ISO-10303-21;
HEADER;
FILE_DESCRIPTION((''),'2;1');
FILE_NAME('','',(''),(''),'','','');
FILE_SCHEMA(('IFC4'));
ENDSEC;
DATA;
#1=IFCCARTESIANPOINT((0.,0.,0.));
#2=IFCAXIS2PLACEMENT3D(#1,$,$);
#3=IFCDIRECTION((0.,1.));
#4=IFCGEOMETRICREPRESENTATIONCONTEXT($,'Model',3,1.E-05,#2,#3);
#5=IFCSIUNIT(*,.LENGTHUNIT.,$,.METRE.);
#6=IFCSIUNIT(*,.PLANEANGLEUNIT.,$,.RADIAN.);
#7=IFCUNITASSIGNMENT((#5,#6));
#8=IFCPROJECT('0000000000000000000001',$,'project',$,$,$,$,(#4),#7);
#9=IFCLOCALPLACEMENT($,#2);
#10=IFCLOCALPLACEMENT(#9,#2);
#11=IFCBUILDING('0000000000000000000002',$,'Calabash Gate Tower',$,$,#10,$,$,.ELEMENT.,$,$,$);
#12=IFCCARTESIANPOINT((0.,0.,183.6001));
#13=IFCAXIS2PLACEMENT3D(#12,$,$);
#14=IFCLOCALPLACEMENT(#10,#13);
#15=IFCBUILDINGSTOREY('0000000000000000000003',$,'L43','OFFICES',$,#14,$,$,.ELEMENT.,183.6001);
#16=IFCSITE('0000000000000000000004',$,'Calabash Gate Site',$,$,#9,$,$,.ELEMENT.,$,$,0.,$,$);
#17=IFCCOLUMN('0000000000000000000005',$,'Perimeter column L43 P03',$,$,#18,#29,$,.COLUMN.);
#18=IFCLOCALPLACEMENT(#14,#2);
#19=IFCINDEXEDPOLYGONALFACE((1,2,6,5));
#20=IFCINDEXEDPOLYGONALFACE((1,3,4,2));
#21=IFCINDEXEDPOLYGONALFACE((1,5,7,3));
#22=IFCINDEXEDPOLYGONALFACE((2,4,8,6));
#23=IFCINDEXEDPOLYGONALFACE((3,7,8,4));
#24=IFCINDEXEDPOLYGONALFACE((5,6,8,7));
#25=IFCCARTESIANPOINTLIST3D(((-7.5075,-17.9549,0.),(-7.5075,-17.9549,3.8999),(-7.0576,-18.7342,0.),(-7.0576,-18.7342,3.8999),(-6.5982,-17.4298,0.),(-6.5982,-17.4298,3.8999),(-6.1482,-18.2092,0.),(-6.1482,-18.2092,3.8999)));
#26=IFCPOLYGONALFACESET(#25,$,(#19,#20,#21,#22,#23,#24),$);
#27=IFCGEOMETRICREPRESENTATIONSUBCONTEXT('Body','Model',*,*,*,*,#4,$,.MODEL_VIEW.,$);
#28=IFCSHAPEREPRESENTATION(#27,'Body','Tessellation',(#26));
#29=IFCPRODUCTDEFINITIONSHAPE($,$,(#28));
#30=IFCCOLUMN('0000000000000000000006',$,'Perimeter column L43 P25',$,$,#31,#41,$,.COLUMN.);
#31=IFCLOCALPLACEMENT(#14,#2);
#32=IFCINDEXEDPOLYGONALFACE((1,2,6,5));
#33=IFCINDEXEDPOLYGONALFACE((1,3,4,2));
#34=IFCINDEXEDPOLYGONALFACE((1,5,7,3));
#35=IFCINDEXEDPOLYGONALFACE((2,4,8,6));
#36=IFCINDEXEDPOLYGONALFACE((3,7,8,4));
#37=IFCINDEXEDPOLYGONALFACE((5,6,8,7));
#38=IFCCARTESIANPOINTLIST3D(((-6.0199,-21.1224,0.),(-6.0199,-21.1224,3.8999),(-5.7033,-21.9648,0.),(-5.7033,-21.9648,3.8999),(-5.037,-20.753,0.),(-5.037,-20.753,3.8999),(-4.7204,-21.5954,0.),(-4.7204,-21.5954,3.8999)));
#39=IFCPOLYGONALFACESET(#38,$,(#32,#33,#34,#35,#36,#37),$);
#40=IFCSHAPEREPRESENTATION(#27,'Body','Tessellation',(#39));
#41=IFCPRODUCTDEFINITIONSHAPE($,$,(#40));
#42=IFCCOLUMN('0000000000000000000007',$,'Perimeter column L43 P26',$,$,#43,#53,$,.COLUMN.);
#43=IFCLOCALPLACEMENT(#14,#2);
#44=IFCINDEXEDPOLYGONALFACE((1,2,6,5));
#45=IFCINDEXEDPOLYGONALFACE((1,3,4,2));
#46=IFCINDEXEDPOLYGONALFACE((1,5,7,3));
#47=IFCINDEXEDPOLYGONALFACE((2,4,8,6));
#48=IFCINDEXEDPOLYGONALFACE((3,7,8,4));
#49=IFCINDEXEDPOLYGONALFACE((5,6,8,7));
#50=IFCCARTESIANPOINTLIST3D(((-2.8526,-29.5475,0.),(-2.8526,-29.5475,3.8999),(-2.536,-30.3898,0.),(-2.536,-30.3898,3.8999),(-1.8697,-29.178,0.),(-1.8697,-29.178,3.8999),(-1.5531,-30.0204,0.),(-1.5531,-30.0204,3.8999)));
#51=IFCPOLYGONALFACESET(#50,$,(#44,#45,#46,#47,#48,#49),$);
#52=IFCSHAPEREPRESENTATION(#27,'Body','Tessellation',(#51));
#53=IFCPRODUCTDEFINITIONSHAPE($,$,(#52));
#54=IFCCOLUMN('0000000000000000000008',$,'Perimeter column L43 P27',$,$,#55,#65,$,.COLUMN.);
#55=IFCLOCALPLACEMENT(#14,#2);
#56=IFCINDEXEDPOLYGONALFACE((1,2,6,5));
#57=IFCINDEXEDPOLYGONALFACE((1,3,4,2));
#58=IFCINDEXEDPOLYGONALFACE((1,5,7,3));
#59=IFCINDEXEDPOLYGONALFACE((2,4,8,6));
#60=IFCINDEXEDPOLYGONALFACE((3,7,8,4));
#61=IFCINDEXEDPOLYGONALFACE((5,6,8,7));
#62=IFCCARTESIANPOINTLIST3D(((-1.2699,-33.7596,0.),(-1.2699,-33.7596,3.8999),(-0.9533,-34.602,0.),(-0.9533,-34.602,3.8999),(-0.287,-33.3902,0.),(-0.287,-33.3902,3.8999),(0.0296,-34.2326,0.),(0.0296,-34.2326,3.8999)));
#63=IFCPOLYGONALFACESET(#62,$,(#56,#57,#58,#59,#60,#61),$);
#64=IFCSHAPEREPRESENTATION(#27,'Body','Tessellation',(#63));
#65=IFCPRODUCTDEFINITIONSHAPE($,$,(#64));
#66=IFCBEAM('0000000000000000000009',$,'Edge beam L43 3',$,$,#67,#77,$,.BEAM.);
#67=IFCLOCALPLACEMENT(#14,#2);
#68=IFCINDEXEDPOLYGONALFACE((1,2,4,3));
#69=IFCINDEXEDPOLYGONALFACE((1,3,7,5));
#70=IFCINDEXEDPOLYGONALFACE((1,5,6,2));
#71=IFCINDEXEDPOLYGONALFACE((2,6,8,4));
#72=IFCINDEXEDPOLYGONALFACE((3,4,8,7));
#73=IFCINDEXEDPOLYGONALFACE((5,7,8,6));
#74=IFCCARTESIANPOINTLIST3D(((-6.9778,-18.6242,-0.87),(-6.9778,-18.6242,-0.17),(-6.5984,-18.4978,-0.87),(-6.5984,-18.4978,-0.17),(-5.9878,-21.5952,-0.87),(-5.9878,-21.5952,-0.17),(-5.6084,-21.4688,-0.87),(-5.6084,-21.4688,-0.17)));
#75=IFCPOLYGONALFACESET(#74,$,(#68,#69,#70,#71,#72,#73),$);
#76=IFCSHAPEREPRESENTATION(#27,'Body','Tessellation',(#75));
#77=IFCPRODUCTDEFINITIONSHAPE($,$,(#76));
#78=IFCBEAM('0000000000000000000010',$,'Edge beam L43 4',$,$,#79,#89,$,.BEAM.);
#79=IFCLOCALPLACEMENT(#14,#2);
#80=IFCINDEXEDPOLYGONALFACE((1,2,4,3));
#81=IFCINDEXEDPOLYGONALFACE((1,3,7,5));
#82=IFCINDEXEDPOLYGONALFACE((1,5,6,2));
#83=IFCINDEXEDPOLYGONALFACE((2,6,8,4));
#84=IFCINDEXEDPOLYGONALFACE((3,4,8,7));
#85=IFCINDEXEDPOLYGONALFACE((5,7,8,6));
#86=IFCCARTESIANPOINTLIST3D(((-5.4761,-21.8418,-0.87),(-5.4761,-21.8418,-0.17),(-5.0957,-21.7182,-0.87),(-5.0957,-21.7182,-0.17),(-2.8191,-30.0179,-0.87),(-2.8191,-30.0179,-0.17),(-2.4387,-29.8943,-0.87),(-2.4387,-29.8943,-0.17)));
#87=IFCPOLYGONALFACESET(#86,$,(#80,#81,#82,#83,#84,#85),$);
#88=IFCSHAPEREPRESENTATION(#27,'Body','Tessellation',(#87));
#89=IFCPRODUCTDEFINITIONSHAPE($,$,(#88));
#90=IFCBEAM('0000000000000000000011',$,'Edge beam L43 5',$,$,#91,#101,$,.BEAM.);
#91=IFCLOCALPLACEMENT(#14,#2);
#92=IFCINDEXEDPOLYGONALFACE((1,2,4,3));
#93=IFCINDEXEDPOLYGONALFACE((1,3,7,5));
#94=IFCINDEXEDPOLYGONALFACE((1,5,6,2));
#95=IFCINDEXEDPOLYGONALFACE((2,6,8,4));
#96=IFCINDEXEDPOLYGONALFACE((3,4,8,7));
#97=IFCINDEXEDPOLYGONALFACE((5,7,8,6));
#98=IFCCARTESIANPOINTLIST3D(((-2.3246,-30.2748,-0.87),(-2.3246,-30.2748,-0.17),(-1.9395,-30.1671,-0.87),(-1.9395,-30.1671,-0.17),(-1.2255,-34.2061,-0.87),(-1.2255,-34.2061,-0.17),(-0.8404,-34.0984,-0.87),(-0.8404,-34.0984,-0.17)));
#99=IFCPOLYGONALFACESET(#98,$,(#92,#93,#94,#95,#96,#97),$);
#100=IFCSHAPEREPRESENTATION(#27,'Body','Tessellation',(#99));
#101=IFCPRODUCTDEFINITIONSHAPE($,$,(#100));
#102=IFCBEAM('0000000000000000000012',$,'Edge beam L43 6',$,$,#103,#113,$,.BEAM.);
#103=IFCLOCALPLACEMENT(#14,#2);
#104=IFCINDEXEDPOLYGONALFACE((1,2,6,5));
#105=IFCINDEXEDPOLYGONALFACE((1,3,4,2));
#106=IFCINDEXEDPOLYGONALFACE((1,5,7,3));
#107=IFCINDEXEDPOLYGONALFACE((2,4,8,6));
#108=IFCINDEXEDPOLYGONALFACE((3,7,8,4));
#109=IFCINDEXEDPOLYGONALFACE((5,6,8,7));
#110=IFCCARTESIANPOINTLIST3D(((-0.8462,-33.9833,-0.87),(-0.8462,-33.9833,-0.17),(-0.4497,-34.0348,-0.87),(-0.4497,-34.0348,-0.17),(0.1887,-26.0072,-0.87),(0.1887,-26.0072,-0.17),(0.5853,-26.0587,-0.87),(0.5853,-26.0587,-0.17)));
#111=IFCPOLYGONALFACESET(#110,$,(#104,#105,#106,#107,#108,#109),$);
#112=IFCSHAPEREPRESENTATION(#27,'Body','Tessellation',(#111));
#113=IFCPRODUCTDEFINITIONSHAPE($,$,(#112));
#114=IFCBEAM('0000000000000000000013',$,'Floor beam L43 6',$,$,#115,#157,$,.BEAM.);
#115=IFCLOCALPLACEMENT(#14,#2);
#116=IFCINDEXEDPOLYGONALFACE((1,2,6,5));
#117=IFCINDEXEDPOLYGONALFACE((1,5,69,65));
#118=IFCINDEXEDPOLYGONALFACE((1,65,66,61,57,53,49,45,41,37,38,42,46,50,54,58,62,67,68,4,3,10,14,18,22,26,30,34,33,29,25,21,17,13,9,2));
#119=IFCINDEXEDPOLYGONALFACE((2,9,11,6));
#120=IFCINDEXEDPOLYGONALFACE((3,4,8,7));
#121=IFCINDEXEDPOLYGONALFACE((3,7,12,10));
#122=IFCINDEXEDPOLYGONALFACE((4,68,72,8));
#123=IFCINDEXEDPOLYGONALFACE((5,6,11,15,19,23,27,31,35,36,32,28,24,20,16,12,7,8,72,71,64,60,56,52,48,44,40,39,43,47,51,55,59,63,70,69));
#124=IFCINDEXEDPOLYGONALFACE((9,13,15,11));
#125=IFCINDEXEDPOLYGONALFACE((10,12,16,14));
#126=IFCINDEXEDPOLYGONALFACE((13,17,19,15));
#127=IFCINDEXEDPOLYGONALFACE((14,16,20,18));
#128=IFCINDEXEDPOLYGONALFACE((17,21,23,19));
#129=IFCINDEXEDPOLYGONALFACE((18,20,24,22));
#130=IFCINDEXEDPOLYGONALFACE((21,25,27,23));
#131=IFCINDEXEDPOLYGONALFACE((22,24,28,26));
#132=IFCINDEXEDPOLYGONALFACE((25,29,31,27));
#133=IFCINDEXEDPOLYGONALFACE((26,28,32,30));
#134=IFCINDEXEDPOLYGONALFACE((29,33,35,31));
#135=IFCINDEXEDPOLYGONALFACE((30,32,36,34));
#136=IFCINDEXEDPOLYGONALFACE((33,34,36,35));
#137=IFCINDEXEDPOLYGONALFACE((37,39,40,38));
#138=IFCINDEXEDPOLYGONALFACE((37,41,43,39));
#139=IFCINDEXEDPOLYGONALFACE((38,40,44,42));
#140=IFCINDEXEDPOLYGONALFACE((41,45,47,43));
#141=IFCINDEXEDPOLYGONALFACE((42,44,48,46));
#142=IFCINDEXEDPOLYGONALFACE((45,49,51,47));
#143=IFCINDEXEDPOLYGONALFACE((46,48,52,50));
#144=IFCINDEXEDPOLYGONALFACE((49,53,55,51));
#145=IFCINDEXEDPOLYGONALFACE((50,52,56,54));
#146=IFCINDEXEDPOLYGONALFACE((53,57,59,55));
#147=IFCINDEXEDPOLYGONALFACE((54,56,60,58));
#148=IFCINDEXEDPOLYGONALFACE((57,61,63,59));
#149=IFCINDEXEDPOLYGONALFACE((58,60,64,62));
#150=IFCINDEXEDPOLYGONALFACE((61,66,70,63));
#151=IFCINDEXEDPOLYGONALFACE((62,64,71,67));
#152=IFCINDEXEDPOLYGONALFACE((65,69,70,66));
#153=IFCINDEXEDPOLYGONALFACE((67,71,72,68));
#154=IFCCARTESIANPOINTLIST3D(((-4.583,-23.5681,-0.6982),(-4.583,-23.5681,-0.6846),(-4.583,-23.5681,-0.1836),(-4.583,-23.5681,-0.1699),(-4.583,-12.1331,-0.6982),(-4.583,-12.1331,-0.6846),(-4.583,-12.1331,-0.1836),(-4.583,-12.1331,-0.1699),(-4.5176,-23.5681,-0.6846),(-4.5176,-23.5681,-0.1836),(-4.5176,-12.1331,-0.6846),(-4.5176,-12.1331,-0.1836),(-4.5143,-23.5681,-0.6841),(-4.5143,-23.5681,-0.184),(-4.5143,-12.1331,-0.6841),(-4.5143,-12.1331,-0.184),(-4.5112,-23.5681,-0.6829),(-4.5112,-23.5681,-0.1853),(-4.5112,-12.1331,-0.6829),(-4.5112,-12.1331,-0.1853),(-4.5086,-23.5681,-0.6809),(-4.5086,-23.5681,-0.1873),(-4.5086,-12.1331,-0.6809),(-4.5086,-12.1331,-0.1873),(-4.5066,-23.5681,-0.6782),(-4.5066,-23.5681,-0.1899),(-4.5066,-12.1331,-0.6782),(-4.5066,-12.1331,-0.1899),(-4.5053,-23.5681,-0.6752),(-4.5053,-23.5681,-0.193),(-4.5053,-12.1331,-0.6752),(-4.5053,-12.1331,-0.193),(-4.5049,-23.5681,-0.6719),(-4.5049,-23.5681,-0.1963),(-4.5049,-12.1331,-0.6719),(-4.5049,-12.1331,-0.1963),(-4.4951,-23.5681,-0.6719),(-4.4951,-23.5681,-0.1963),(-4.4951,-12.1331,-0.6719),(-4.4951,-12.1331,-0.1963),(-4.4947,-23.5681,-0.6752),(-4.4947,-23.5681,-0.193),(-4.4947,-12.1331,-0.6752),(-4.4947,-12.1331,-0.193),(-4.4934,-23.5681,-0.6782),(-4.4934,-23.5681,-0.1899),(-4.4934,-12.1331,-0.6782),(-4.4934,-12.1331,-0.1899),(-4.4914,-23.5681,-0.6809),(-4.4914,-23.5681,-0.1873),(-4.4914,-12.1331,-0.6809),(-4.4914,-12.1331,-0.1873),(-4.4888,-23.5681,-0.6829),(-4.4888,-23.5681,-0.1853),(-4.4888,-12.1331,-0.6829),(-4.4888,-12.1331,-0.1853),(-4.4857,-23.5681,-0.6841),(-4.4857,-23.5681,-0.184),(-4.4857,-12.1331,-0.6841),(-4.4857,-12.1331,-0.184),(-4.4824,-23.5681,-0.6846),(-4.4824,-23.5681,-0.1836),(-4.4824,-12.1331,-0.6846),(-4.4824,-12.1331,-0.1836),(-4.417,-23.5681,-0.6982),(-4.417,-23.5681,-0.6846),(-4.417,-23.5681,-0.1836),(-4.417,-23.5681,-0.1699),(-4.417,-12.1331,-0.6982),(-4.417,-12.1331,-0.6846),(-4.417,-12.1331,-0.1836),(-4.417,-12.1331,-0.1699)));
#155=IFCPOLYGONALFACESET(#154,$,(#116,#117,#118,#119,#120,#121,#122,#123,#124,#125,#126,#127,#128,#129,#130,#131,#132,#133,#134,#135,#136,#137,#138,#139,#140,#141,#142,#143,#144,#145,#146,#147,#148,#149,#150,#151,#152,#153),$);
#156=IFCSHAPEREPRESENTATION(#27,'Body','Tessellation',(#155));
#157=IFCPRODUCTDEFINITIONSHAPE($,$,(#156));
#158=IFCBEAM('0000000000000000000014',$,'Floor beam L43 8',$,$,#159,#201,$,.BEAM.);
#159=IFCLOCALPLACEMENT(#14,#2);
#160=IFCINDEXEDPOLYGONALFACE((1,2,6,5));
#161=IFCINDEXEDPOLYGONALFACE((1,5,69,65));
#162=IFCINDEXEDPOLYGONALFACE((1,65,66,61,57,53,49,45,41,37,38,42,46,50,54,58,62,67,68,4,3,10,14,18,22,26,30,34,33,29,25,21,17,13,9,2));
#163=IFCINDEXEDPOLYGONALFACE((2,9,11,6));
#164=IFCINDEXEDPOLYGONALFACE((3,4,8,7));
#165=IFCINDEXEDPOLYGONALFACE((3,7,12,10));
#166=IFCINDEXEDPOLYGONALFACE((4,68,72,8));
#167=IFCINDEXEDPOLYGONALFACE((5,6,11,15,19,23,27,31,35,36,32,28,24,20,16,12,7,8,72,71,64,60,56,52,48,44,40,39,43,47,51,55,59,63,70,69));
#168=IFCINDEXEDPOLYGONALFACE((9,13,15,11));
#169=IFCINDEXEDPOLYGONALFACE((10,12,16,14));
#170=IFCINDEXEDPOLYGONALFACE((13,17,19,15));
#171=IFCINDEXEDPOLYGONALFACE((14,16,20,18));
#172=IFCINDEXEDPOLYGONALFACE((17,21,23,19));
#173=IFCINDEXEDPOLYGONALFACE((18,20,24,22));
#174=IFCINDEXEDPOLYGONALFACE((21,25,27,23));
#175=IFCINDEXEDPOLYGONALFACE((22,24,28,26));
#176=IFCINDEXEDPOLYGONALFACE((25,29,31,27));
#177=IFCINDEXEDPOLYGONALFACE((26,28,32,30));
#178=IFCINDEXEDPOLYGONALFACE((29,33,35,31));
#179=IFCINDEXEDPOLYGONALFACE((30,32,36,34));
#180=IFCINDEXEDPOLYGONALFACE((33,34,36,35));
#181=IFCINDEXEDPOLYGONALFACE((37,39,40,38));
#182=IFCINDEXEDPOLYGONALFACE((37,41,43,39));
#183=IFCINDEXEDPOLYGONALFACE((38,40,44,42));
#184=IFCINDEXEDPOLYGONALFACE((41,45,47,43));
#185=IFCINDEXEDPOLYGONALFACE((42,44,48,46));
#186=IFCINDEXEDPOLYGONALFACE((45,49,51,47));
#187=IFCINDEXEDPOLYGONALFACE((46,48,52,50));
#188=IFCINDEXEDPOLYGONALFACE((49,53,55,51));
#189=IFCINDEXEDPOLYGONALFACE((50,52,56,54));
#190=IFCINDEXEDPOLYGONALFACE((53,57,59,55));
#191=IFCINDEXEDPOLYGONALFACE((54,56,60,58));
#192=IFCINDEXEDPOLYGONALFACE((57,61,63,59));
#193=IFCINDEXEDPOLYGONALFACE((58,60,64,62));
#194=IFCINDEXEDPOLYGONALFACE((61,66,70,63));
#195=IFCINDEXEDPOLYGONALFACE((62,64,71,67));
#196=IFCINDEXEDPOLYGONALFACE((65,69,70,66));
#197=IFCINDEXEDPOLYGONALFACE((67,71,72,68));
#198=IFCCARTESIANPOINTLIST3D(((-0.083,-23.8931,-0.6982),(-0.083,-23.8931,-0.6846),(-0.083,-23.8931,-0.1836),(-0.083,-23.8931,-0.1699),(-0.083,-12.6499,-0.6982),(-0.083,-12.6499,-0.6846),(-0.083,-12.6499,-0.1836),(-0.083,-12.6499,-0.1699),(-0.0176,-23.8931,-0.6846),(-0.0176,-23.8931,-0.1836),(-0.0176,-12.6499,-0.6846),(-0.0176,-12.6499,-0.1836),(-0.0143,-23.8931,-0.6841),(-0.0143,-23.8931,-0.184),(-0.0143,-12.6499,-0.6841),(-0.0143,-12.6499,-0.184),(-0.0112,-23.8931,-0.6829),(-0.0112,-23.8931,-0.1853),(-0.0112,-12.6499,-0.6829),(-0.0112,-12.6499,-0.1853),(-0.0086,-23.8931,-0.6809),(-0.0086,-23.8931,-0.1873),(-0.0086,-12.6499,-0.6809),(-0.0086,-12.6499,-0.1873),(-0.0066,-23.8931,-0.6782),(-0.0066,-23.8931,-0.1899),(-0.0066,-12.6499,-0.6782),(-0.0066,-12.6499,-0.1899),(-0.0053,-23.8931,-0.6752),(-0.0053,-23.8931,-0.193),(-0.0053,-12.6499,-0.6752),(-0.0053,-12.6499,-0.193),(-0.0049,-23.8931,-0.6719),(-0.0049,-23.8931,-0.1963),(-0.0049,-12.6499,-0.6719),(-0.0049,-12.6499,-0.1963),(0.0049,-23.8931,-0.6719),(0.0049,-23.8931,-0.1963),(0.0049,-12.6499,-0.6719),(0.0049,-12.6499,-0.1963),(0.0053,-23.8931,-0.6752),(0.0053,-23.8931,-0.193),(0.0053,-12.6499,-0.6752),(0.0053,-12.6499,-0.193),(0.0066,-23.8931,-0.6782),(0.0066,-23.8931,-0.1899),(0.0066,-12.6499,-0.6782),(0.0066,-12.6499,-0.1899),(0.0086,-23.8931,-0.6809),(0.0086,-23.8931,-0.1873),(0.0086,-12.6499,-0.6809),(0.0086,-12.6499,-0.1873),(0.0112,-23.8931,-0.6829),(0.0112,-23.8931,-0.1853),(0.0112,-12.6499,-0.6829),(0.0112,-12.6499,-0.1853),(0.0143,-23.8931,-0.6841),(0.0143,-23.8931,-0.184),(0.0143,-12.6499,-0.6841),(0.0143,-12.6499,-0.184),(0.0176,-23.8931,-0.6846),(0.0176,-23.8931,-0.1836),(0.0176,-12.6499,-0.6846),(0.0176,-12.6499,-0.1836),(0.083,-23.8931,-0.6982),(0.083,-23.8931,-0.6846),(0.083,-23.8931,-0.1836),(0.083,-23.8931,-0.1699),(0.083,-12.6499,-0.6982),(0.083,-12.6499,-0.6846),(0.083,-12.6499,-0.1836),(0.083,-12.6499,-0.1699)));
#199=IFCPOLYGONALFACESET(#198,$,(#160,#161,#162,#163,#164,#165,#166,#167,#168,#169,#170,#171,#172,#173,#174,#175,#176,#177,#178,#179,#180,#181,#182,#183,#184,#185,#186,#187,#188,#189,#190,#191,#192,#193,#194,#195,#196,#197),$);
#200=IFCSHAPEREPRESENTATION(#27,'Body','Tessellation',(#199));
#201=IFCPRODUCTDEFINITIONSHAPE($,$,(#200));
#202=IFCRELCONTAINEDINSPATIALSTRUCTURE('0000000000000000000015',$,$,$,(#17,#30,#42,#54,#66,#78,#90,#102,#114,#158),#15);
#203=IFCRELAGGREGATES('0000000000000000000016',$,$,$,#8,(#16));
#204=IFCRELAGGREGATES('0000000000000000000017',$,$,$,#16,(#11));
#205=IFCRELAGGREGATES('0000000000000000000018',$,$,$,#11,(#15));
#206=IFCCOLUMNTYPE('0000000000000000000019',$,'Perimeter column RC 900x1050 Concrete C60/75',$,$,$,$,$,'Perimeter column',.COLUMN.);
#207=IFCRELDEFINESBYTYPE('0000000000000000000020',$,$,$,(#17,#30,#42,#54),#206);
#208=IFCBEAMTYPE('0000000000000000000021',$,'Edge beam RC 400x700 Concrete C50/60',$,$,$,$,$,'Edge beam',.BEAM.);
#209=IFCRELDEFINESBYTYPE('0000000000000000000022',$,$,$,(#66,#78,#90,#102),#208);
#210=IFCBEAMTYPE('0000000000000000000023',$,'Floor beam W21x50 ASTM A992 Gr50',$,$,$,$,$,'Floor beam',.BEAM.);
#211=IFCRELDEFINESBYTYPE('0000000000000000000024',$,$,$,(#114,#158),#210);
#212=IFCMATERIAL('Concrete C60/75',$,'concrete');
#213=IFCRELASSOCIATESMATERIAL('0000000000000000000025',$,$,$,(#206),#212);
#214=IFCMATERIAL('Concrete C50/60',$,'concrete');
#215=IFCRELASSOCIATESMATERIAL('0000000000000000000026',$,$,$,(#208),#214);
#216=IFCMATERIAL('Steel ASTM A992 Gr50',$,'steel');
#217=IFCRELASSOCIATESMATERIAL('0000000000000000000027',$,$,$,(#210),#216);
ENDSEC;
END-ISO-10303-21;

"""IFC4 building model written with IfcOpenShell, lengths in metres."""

from ifc_helpers import new_model, si_unit, direction, frame, origin, origin_2d, place, context, subcontext, project, spatial, rectangle, i_section, extrude, material, material_profile, profile_set, type_object, element, save


model = new_model("IFC4")

# Units and contexts
model_context = context("Model", 3, precision=1e-05, world=origin(), true_north=direction((0.0, 1.0)))
body_context = subcontext(model_context, "Body", "Model", "MODEL_VIEW")
ifc_project = project(units=[si_unit("LENGTHUNIT", "METRE"), si_unit("PLANEANGLEUNIT", "RADIAN")], contexts=[model_context])

# Site, building, storey
site_placement = place(None, origin())
site = spatial("IfcSite", under=ifc_project, at=site_placement, Name="Calabash Gate Site", CompositionType="ELEMENT", RefElevation=0.0)
building_placement = place(site_placement, origin())
building = spatial("IfcBuilding", under=site, at=building_placement, Name="Calabash Gate Tower", CompositionType="ELEMENT")
storey_placement = place(building_placement, frame((0.0, 0.0, 183.6001)))
storey = spatial("IfcBuildingStorey", under=building, at=storey_placement, Name="L43", Description="OFFICES", CompositionType="ELEMENT", Elevation=183.6001)

# Columns
ifc_material_1 = material(Name="Concrete C60/75", Category="concrete")
ifc_material_profile_1 = material_profile(ifc_material_1, rectangle(XDim=0.8999, YDim=1.05, at=origin_2d()))
ifc_profile_set_1 = profile_set([ifc_material_profile_1], Name="Concrete C60/75")
column_type = type_object("IfcColumnType", Name="Perimeter column RC 900x1050 Concrete C60/75", ElementType="Perimeter column", PredefinedType="COLUMN", material=ifc_profile_set_1)
for number, where, z_axis, x_axis, name in (
    (1, (-6.8279, -18.082, 0.0), (0.0, 0.0, 1.0), (0.5, -0.866025, 0.0), "Perimeter column L43 P03"),
    (2, (-5.3701, -21.3589, 0.0), (0.0, 0.0, 1.0), (0.351823, -0.936067, 0.0), "Perimeter column L43 P25"),
    (3, (-2.2029, -29.7839, 0.0), (0.0, 0.0, 1.0), (0.351823, -0.936067, 0.0), "Perimeter column L43 P26"),
    (4, (-0.6201, -33.9961, 0.0), (0.0, 0.0, 1.0), (0.351823, -0.936067, 0.0), "Perimeter column L43 P27"),
):
    element("IfcColumn", number, at=place(storey_placement, frame(where, z_axis=z_axis, x_axis=x_axis)), inside=storey, type_object=column_type, Name=name, PredefinedType="COLUMN", context=body_context, shape_type="SweptSolid", body=[
        extrude(rectangle(XDim=0.8999, YDim=1.05, at=origin_2d()), origin(), (0.0, 0.0, 1.0), 3.8999),
    ])

# Beams
ifc_material_2 = material(Name="Concrete C50/60", Category="concrete")
ifc_material_profile_2 = material_profile(ifc_material_2, rectangle(XDim=0.3999, YDim=0.7, at=origin_2d()))
ifc_profile_set_2 = profile_set([ifc_material_profile_2], Name="Concrete C50/60")
beam_type_1 = type_object("IfcBeamType", Name="Edge beam RC 400x700 Concrete C50/60", ElementType="Edge beam", PredefinedType="BEAM", material=ifc_profile_set_2)
beam_1_placement = place(storey_placement, frame((-6.7881, -18.561, -0.52), z_axis=(0.316134, -0.948714, 0.0), x_axis=(0.948714, 0.316134, 0.0)))
element("IfcBeam", 5, at=beam_1_placement, inside=storey, type_object=beam_type_1, Name="Edge beam L43 3", PredefinedType="BEAM", context=body_context, shape_type="SweptSolid", body=[
    extrude(rectangle(XDim=0.3999, YDim=0.7, at=origin_2d()), origin(), (0.0, 0.0, 1.0), 3.1316),
])
beam_2_placement = place(storey_placement, frame((-5.2859, -21.78, -0.52), z_axis=(0.309062, -0.951042, 0.0), x_axis=(0.951042, 0.309062, 0.0)))
element("IfcBeam", 6, at=beam_2_placement, inside=storey, type_object=beam_type_1, Name="Edge beam L43 4", PredefinedType="BEAM", context=body_context, shape_type="SweptSolid", body=[
    extrude(rectangle(XDim=0.3999, YDim=0.7, at=origin_2d()), origin(), (0.0, 0.0, 1.0), 8.5969),
])
beam_3_placement = place(storey_placement, frame((-2.1321, -30.2209, -0.52), z_axis=(0.269266, -0.963066, 0.0), x_axis=(0.963066, 0.269266, 0.0)))
element("IfcBeam", 7, at=beam_3_placement, inside=storey, type_object=beam_type_1, Name="Edge beam L43 5", PredefinedType="BEAM", context=body_context, shape_type="SweptSolid", body=[
    extrude(rectangle(XDim=0.3999, YDim=0.7, at=origin_2d()), origin(), (0.0, 0.0, 1.0), 4.082),
])
beam_4_placement = place(storey_placement, frame((-0.6479, -34.009, -0.52), z_axis=(0.128673, 0.991687, 0.0), x_axis=(-0.991687, 0.128673, 0.0)))
element("IfcBeam", 8, at=beam_4_placement, inside=storey, type_object=beam_type_1, Name="Edge beam L43 6", PredefinedType="BEAM", context=body_context, shape_type="SweptSolid", body=[
    extrude(rectangle(XDim=0.3999, YDim=0.7, at=origin_2d()), origin(), (0.0, 0.0, 1.0), 8.043),
])
ifc_material_3 = material(Name="Steel ASTM A992 Gr50", Category="steel")
ifc_material_profile_3 = material_profile(ifc_material_3, i_section(OverallWidth=0.166, OverallDepth=0.5283, WebThickness=0.0098, FlangeThickness=0.0137, FilletRadius=0.0127, at=origin_2d()))
ifc_profile_set_3 = profile_set([ifc_material_profile_3], Name="Steel ASTM A992 Gr50")
beam_type_2 = type_object("IfcBeamType", Name="Floor beam W21x50 ASTM A992 Gr50", ElementType="Floor beam", PredefinedType="BEAM", material=ifc_profile_set_3)
beam_5_placement = place(storey_placement, frame((-4.5, -23.5681, -0.4341), z_axis=(0.0, 1.0, 0.0), x_axis=(-1.0, 0.0, 0.0)))
element("IfcBeam", 9, at=beam_5_placement, inside=storey, type_object=beam_type_2, Name="Floor beam L43 6", PredefinedType="BEAM", context=body_context, shape_type="SweptSolid", body=[
    extrude(i_section(OverallWidth=0.166, OverallDepth=0.5283, WebThickness=0.0098, FlangeThickness=0.0137, FilletRadius=0.0127, at=origin_2d()), origin(), (0.0, 0.0, 1.0), 11.4351),
])
beam_6_placement = place(storey_placement, frame((0.0, -23.8931, -0.4341), z_axis=(0.0, 1.0, 0.0), x_axis=(-1.0, 0.0, 0.0)))
element("IfcBeam", 10, at=beam_6_placement, inside=storey, type_object=beam_type_2, Name="Floor beam L43 8", PredefinedType="BEAM", context=body_context, shape_type="SweptSolid", body=[
    extrude(i_section(OverallWidth=0.166, OverallDepth=0.5283, WebThickness=0.0098, FlangeThickness=0.0137, FilletRadius=0.0127, at=origin_2d()), origin(), (0.0, 0.0, 1.0), 11.2432),
])

save(model, "model.ifc")
